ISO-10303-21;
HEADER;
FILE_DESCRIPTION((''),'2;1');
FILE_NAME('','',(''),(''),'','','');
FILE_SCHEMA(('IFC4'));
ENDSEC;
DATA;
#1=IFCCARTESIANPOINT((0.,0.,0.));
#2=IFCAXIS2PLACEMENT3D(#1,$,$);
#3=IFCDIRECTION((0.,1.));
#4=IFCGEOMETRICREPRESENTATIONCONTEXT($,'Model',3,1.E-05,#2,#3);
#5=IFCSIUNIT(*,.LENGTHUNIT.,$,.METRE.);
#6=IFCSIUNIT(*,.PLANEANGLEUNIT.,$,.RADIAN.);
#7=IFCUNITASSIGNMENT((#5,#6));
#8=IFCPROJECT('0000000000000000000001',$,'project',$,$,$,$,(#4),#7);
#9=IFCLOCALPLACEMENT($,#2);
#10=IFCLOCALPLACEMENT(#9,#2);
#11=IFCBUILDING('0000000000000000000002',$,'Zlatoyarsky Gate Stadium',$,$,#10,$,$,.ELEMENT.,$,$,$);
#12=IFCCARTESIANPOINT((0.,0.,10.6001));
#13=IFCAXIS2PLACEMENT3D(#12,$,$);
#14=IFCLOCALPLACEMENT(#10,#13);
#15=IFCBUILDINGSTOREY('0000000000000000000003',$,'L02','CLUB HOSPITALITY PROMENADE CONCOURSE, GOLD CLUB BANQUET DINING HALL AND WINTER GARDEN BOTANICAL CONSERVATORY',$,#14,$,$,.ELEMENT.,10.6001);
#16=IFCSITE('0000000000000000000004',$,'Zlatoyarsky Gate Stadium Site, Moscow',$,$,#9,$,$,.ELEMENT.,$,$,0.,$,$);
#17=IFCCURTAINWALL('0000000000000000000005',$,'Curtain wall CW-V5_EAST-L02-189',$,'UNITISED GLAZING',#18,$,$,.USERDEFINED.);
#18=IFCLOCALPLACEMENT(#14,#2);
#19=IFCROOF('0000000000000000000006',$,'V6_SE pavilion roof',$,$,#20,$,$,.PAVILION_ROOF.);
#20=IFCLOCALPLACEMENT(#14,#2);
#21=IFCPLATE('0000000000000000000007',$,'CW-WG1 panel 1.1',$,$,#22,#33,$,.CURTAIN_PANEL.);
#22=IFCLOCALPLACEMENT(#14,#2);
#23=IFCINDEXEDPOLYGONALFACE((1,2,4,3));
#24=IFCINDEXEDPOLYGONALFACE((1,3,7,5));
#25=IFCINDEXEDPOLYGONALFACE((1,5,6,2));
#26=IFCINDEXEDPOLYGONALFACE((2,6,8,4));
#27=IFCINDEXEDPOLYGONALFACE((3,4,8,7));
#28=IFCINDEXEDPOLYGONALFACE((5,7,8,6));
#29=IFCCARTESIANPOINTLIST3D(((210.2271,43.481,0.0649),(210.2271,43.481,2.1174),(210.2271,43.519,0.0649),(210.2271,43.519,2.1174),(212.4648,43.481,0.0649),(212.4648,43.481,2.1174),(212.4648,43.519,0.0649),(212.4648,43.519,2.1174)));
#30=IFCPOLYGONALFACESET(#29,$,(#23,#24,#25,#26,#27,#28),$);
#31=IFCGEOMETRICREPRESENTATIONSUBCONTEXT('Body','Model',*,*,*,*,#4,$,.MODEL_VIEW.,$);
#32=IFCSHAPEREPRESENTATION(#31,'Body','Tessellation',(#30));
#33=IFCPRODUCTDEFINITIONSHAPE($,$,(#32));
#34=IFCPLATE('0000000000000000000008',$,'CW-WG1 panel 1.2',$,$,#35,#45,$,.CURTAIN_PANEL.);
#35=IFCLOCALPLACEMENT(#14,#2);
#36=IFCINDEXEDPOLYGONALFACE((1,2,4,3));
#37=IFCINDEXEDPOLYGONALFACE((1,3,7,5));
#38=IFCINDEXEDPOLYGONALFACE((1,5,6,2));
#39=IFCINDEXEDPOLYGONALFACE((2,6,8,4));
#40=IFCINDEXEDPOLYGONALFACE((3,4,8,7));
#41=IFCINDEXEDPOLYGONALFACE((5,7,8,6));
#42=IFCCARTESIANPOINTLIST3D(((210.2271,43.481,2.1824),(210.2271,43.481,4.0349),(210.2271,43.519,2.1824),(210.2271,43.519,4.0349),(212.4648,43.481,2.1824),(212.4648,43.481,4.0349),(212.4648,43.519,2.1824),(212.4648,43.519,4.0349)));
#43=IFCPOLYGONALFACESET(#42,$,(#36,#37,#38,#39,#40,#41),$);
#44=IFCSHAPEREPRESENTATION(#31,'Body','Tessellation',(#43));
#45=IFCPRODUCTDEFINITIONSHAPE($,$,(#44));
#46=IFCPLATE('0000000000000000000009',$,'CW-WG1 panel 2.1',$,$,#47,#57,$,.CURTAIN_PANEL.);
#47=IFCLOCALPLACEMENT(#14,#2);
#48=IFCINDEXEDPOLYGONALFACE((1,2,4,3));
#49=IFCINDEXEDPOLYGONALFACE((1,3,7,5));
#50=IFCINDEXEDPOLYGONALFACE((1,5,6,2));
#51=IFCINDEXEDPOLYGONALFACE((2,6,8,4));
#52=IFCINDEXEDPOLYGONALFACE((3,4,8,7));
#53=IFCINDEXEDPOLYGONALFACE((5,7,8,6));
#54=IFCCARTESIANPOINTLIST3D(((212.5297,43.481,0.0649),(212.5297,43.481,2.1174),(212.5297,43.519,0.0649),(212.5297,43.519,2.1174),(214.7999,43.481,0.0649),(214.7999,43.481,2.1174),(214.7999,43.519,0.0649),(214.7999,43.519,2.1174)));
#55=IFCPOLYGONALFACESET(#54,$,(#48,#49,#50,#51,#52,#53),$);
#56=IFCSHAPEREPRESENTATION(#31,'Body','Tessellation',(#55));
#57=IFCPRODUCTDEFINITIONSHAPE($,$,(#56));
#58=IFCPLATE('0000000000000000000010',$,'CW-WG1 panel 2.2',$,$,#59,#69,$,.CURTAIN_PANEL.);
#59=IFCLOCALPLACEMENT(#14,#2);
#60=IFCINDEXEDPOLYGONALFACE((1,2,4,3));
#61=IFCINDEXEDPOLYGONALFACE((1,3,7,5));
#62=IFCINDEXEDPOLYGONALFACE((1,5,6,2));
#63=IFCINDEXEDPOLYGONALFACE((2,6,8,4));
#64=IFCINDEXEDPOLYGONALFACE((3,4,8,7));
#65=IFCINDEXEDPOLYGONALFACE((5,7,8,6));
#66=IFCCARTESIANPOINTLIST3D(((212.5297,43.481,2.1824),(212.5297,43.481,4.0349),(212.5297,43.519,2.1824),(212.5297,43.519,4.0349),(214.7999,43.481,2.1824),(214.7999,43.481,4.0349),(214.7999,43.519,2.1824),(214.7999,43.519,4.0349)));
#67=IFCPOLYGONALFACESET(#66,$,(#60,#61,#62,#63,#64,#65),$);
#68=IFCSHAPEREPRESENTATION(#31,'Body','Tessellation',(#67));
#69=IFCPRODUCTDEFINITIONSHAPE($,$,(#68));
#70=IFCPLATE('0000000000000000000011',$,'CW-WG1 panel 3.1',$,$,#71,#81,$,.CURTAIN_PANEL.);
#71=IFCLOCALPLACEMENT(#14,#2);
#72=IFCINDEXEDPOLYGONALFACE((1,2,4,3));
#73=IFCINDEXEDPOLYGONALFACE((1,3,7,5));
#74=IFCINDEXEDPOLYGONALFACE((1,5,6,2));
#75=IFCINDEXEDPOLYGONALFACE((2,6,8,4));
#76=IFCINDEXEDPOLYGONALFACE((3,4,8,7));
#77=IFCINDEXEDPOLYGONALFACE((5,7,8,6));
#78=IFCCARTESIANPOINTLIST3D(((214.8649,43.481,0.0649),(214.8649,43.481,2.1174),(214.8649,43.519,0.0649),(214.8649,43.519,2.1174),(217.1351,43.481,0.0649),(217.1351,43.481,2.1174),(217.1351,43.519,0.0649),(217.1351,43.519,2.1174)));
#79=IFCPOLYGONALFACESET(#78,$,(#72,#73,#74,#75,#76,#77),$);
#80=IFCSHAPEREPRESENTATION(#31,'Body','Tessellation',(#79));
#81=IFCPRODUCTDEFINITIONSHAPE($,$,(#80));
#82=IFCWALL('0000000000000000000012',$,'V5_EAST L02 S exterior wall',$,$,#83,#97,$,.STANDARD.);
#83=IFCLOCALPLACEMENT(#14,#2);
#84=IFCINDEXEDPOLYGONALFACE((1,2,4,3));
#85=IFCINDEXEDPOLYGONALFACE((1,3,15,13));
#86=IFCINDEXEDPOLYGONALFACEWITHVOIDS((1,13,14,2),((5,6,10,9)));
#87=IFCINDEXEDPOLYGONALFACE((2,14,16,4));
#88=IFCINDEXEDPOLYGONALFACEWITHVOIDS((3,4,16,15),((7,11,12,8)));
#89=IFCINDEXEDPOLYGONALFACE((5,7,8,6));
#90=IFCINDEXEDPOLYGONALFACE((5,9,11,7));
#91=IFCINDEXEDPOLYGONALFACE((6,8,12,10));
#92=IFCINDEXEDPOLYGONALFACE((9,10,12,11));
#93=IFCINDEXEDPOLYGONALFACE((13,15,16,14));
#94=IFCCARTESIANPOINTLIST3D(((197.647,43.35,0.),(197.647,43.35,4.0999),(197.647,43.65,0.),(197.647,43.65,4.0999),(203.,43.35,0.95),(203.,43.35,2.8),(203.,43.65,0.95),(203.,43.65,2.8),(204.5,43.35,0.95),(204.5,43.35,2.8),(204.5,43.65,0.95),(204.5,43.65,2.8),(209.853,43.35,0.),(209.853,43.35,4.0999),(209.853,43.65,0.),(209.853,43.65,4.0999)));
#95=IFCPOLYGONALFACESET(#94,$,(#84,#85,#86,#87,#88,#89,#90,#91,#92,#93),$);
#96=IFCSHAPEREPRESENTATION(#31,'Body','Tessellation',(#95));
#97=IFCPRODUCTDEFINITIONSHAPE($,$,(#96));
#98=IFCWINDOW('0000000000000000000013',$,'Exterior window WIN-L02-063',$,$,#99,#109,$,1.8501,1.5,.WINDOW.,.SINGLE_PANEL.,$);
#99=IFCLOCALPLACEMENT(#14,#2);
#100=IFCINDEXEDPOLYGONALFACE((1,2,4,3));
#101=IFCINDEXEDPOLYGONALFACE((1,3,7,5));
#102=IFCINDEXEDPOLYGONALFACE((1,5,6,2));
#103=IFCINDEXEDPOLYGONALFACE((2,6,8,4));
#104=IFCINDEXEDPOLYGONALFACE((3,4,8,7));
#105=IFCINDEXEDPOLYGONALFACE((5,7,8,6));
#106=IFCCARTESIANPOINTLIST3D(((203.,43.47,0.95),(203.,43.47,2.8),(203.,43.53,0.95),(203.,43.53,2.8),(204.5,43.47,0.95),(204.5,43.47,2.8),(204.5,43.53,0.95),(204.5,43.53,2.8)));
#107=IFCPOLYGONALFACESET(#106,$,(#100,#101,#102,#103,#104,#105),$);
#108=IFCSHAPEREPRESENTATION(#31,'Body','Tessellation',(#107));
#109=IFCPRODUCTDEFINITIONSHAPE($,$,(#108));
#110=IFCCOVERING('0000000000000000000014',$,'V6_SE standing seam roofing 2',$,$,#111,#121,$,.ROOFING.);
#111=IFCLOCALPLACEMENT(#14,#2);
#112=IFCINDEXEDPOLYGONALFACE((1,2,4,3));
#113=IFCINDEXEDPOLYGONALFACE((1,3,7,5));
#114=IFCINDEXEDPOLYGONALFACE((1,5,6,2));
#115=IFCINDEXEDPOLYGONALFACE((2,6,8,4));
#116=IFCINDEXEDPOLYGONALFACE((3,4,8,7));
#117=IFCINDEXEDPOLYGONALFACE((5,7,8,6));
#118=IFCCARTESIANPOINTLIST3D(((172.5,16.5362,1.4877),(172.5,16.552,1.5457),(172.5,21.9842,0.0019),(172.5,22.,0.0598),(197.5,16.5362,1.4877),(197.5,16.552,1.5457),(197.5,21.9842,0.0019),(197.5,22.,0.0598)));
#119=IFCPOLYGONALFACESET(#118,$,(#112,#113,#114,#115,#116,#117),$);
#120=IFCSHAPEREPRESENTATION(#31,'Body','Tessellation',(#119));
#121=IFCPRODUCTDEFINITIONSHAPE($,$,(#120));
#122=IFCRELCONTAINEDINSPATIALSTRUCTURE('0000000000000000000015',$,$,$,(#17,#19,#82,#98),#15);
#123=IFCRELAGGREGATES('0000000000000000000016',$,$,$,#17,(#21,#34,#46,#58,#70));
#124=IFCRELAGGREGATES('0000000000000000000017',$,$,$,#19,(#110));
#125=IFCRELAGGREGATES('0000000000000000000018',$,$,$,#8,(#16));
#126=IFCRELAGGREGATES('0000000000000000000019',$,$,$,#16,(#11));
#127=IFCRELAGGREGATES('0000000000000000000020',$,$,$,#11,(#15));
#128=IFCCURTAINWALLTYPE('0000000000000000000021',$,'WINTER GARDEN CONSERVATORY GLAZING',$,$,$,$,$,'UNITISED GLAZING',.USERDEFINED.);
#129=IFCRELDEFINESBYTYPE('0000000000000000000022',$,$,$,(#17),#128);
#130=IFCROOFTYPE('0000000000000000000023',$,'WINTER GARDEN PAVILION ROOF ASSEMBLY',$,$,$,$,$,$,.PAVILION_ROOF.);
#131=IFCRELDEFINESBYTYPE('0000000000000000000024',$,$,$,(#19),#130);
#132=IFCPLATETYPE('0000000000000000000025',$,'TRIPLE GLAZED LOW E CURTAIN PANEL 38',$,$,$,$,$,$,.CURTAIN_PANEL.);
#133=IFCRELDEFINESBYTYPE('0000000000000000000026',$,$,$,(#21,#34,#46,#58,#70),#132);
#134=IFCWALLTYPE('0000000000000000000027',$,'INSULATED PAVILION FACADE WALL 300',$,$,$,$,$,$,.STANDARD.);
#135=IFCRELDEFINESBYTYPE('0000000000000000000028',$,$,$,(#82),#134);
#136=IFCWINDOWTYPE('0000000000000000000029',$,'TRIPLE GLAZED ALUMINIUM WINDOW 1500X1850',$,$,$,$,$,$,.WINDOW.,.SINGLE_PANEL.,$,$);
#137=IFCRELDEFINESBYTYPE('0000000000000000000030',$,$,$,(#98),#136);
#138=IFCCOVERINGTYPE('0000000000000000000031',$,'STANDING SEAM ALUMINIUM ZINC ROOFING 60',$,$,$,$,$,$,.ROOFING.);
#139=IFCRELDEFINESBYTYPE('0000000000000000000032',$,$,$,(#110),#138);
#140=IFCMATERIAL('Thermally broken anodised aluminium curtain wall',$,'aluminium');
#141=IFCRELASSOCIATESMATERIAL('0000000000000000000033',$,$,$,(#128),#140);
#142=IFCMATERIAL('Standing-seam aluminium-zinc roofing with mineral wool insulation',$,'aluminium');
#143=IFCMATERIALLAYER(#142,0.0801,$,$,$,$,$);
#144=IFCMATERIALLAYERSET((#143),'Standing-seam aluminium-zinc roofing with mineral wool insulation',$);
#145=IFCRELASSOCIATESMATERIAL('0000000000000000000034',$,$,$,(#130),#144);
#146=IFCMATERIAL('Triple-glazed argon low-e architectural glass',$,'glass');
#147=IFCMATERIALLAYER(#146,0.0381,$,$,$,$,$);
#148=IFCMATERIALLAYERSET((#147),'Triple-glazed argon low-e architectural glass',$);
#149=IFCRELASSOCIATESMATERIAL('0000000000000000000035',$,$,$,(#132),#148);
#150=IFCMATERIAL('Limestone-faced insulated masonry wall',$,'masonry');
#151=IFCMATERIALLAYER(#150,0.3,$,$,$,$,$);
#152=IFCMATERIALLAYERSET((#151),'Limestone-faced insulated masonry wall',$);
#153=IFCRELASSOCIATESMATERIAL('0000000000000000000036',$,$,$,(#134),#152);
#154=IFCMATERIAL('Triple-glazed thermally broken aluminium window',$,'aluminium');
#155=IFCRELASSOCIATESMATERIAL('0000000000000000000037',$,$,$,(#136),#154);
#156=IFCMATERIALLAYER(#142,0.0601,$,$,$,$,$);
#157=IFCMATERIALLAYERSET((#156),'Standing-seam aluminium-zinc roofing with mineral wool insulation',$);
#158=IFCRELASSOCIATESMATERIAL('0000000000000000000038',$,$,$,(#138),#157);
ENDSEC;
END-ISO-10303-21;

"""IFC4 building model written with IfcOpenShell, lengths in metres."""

from ifc_helpers import new_model, si_unit, direction, frame, frame_2d, origin, origin_2d, place, context, subcontext, project, spatial, polyline, rectangle, outline, extrude, material, layer, layer_set, type_object, element, fill, aggregate, save


model = new_model("IFC4")

# Units and contexts
model_context = context("Model", 3, precision=1e-05, world=origin(), true_north=direction((0.0, 1.0)))
body_context = subcontext(model_context, "Body", "Model", "MODEL_VIEW")
ifc_project = project(units=[si_unit("LENGTHUNIT", "METRE"), si_unit("PLANEANGLEUNIT", "RADIAN")], contexts=[model_context])

# Site, building, storey
site_placement = place(None, origin())
site = spatial("IfcSite", under=ifc_project, at=site_placement, Name="Zlatoyarsky Gate Stadium Site, Moscow", CompositionType="ELEMENT", RefElevation=0.0)
building_placement = place(site_placement, origin())
building = spatial("IfcBuilding", under=site, at=building_placement, Name="Zlatoyarsky Gate Stadium", CompositionType="ELEMENT")
storey_placement = place(building_placement, frame((0.0, 0.0, 10.6001)))
storey = spatial("IfcBuildingStorey", under=building, at=storey_placement, Name="L02", Description="CLUB HOSPITALITY PROMENADE CONCOURSE, GOLD CLUB BANQUET DINING HALL AND WINTER GARDEN BOTANICAL CONSERVATORY", CompositionType="ELEMENT", Elevation=10.6001)

# Curtain wall
ifc_material_1 = material(Name="Thermally broken anodised aluminium curtain wall", Category="aluminium")
curtain_wall_type = type_object("IfcCurtainWallType", Name="WINTER GARDEN CONSERVATORY GLAZING", ElementType="UNITISED GLAZING", PredefinedType="USERDEFINED", material=ifc_material_1)
curtain_wall_placement = place(storey_placement, origin())
curtain_wall = element("IfcCurtainWall", 1, at=curtain_wall_placement, inside=storey, type_object=curtain_wall_type, Name="Curtain wall CW-V5_EAST-L02-189", ObjectType="UNITISED GLAZING", PredefinedType="USERDEFINED")

# Roof
ifc_material_2 = material(Name="Standing-seam aluminium-zinc roofing with mineral wool insulation", Category="aluminium")
ifc_layer_1 = layer(ifc_material_2, 0.0801)
ifc_layer_set_1 = layer_set([ifc_layer_1], Name="Standing-seam aluminium-zinc roofing with mineral wool insulation")
roof_type = type_object("IfcRoofType", Name="WINTER GARDEN PAVILION ROOF ASSEMBLY", PredefinedType="PAVILION_ROOF", material=ifc_layer_set_1)
roof_placement = place(storey_placement, origin())
roof = element("IfcRoof", 2, at=roof_placement, inside=storey, type_object=roof_type, Name="V6_SE pavilion roof", PredefinedType="PAVILION_ROOF")

# Plates
ifc_material_3 = material(Name="Triple-glazed argon low-e architectural glass", Category="glass")
ifc_layer_2 = layer(ifc_material_3, 0.0381)
ifc_layer_set_2 = layer_set([ifc_layer_2], Name="Triple-glazed argon low-e architectural glass")
plate_type_1 = type_object("IfcPlateType", Name="TRIPLE GLAZED LOW E CURTAIN PANEL 38", PredefinedType="CURTAIN_PANEL", material=ifc_layer_set_2)
plate_1_placement = place(storey_placement, frame((211.3459, 43.5, 0.0649), z_axis=(0.0, 0.0, 1.0), x_axis=(1.0, 0.0, 0.0)))
plate_1 = element("IfcPlate", 3, at=plate_1_placement, type_object=plate_type_1, Name="CW-WG1 panel 1.1", PredefinedType="CURTAIN_PANEL", context=body_context, shape_type="SweptSolid", body=[
    extrude(rectangle(XDim=2.2378, YDim=0.0381, at=origin_2d()), origin(), (0.0, 0.0, 1.0), 2.0525),
])
plate_2_placement = place(storey_placement, frame((211.3459, 43.5, 2.1824), z_axis=(0.0, 0.0, 1.0), x_axis=(1.0, 0.0, 0.0)))
plate_2 = element("IfcPlate", 4, at=plate_2_placement, type_object=plate_type_1, Name="CW-WG1 panel 1.2", PredefinedType="CURTAIN_PANEL", context=body_context, shape_type="SweptSolid", body=[
    extrude(rectangle(XDim=2.2378, YDim=0.0381, at=origin_2d()), origin(), (0.0, 0.0, 1.0), 1.8525),
])
plate_3_placement = place(storey_placement, frame((213.6648, 43.5, 0.0649), z_axis=(0.0, 0.0, 1.0), x_axis=(1.0, 0.0, 0.0)))
plate_3 = element("IfcPlate", 5, at=plate_3_placement, type_object=plate_type_1, Name="CW-WG1 panel 2.1", PredefinedType="CURTAIN_PANEL", context=body_context, shape_type="SweptSolid", body=[
    extrude(rectangle(XDim=2.2703, YDim=0.0381, at=origin_2d()), origin(), (0.0, 0.0, 1.0), 2.0525),
])
plate_4_placement = place(storey_placement, frame((213.6648, 43.5, 2.1824), z_axis=(0.0, 0.0, 1.0), x_axis=(1.0, 0.0, 0.0)))
plate_4 = element("IfcPlate", 6, at=plate_4_placement, type_object=plate_type_1, Name="CW-WG1 panel 2.2", PredefinedType="CURTAIN_PANEL", context=body_context, shape_type="SweptSolid", body=[
    extrude(rectangle(XDim=2.2703, YDim=0.0381, at=origin_2d()), origin(), (0.0, 0.0, 1.0), 1.8525),
])
plate_5_placement = place(storey_placement, frame((216.0, 43.5, 0.0649), z_axis=(0.0, 0.0, 1.0), x_axis=(1.0, 0.0, 0.0)))
plate_5 = element("IfcPlate", 7, at=plate_5_placement, type_object=plate_type_1, Name="CW-WG1 panel 3.1", PredefinedType="CURTAIN_PANEL", context=body_context, shape_type="SweptSolid", body=[
    extrude(rectangle(XDim=2.2703, YDim=0.0381, at=origin_2d()), origin(), (0.0, 0.0, 1.0), 2.0525),
])
aggregate(curtain_wall, [plate_1, plate_2, plate_3, plate_4, plate_5])

# Wall, opening, window
ifc_material_4 = material(Name="Limestone-faced insulated masonry wall", Category="masonry")
ifc_layer_3 = layer(ifc_material_4, 0.3)
ifc_layer_set_3 = layer_set([ifc_layer_3], Name="Limestone-faced insulated masonry wall")
wall_type = type_object("IfcWallType", Name="INSULATED PAVILION FACADE WALL 300", PredefinedType="STANDARD", material=ifc_layer_set_3)
wall_placement = place(storey_placement, frame((197.647, 43.5, 0.0), z_axis=(0.0, 0.0, 1.0), x_axis=(1.0, 0.0, 0.0)))
wall = element("IfcWall", 8, at=wall_placement, inside=storey, type_object=wall_type, Name="V5_EAST L02 S exterior wall", PredefinedType="STANDARD", context=body_context, shape_type="SweptSolid", body=[
    extrude(rectangle(XDim=12.2061, YDim=0.3, at=frame_2d((6.103, 0.0))), origin(), (0.0, 0.0, 1.0), 4.0999),
])
opening_placement = place(wall_placement, frame((5.353, 0.0, 0.95)))
opening = element("IfcOpeningElement", 9, at=opening_placement, cuts=wall, PredefinedType="OPENING", context=body_context, shape_type="SweptSolid", body=[
    extrude(rectangle(XDim=1.5, YDim=1.8501, at=frame_2d((0.75, 0.925))), frame((0.0, 0.1599, 0.0), z_axis=(0.0, -1.0, 0.0), x_axis=(1.0, 0.0, 0.0)), (0.0, 0.0, 1.0), 0.3201),
])
ifc_material_5 = material(Name="Triple-glazed thermally broken aluminium window", Category="aluminium")
window_type = type_object("IfcWindowType", Name="TRIPLE GLAZED ALUMINIUM WINDOW 1500X1850", PartitioningType="SINGLE_PANEL", PredefinedType="WINDOW", material=ifc_material_5)
window_placement = place(opening_placement, origin())
window = element("IfcWindow", 10, at=window_placement, inside=storey, type_object=window_type, Name="Exterior window WIN-L02-063", OverallHeight=1.8501, OverallWidth=1.5, PartitioningType="SINGLE_PANEL", PredefinedType="WINDOW", context=body_context, shape_type="SweptSolid", body=[
    extrude(rectangle(XDim=1.5, YDim=1.8501, at=frame_2d((0.75, 0.925))), frame((0.0, 0.03, 0.0), z_axis=(0.0, -1.0, 0.0), x_axis=(1.0, 0.0, 0.0)), (0.0, 0.0, 1.0), 0.0601),
])
fill(opening, window)

# Covering
ifc_layer_4 = layer(ifc_material_2, 0.0601)
ifc_layer_set_4 = layer_set([ifc_layer_4], Name="Standing-seam aluminium-zinc roofing with mineral wool insulation")
covering_type = type_object("IfcCoveringType", Name="STANDING SEAM ALUMINIUM ZINC ROOFING 60", PredefinedType="ROOFING", material=ifc_layer_set_4)
covering_placement = place(storey_placement, frame((197.5, 22.0, 0.0598), z_axis=(0.0, 0.263121, 0.964763), x_axis=(-1.0, 0.0, 0.0)))
covering = element("IfcCovering", 11, at=covering_placement, type_object=covering_type, Name="V6_SE standing seam roofing 2", PredefinedType="ROOFING", context=body_context, shape_type="SweptSolid", body=[
    extrude(outline(polyline([(0.0, 0.0), (25.0, 0.0), (25.0, 5.647), (0.0, 5.647), (0.0, 0.0)])), origin(), (0.0, 0.0, -1.0), 0.0601),
])
aggregate(roof, [covering])

save(model, "model.ifc")
